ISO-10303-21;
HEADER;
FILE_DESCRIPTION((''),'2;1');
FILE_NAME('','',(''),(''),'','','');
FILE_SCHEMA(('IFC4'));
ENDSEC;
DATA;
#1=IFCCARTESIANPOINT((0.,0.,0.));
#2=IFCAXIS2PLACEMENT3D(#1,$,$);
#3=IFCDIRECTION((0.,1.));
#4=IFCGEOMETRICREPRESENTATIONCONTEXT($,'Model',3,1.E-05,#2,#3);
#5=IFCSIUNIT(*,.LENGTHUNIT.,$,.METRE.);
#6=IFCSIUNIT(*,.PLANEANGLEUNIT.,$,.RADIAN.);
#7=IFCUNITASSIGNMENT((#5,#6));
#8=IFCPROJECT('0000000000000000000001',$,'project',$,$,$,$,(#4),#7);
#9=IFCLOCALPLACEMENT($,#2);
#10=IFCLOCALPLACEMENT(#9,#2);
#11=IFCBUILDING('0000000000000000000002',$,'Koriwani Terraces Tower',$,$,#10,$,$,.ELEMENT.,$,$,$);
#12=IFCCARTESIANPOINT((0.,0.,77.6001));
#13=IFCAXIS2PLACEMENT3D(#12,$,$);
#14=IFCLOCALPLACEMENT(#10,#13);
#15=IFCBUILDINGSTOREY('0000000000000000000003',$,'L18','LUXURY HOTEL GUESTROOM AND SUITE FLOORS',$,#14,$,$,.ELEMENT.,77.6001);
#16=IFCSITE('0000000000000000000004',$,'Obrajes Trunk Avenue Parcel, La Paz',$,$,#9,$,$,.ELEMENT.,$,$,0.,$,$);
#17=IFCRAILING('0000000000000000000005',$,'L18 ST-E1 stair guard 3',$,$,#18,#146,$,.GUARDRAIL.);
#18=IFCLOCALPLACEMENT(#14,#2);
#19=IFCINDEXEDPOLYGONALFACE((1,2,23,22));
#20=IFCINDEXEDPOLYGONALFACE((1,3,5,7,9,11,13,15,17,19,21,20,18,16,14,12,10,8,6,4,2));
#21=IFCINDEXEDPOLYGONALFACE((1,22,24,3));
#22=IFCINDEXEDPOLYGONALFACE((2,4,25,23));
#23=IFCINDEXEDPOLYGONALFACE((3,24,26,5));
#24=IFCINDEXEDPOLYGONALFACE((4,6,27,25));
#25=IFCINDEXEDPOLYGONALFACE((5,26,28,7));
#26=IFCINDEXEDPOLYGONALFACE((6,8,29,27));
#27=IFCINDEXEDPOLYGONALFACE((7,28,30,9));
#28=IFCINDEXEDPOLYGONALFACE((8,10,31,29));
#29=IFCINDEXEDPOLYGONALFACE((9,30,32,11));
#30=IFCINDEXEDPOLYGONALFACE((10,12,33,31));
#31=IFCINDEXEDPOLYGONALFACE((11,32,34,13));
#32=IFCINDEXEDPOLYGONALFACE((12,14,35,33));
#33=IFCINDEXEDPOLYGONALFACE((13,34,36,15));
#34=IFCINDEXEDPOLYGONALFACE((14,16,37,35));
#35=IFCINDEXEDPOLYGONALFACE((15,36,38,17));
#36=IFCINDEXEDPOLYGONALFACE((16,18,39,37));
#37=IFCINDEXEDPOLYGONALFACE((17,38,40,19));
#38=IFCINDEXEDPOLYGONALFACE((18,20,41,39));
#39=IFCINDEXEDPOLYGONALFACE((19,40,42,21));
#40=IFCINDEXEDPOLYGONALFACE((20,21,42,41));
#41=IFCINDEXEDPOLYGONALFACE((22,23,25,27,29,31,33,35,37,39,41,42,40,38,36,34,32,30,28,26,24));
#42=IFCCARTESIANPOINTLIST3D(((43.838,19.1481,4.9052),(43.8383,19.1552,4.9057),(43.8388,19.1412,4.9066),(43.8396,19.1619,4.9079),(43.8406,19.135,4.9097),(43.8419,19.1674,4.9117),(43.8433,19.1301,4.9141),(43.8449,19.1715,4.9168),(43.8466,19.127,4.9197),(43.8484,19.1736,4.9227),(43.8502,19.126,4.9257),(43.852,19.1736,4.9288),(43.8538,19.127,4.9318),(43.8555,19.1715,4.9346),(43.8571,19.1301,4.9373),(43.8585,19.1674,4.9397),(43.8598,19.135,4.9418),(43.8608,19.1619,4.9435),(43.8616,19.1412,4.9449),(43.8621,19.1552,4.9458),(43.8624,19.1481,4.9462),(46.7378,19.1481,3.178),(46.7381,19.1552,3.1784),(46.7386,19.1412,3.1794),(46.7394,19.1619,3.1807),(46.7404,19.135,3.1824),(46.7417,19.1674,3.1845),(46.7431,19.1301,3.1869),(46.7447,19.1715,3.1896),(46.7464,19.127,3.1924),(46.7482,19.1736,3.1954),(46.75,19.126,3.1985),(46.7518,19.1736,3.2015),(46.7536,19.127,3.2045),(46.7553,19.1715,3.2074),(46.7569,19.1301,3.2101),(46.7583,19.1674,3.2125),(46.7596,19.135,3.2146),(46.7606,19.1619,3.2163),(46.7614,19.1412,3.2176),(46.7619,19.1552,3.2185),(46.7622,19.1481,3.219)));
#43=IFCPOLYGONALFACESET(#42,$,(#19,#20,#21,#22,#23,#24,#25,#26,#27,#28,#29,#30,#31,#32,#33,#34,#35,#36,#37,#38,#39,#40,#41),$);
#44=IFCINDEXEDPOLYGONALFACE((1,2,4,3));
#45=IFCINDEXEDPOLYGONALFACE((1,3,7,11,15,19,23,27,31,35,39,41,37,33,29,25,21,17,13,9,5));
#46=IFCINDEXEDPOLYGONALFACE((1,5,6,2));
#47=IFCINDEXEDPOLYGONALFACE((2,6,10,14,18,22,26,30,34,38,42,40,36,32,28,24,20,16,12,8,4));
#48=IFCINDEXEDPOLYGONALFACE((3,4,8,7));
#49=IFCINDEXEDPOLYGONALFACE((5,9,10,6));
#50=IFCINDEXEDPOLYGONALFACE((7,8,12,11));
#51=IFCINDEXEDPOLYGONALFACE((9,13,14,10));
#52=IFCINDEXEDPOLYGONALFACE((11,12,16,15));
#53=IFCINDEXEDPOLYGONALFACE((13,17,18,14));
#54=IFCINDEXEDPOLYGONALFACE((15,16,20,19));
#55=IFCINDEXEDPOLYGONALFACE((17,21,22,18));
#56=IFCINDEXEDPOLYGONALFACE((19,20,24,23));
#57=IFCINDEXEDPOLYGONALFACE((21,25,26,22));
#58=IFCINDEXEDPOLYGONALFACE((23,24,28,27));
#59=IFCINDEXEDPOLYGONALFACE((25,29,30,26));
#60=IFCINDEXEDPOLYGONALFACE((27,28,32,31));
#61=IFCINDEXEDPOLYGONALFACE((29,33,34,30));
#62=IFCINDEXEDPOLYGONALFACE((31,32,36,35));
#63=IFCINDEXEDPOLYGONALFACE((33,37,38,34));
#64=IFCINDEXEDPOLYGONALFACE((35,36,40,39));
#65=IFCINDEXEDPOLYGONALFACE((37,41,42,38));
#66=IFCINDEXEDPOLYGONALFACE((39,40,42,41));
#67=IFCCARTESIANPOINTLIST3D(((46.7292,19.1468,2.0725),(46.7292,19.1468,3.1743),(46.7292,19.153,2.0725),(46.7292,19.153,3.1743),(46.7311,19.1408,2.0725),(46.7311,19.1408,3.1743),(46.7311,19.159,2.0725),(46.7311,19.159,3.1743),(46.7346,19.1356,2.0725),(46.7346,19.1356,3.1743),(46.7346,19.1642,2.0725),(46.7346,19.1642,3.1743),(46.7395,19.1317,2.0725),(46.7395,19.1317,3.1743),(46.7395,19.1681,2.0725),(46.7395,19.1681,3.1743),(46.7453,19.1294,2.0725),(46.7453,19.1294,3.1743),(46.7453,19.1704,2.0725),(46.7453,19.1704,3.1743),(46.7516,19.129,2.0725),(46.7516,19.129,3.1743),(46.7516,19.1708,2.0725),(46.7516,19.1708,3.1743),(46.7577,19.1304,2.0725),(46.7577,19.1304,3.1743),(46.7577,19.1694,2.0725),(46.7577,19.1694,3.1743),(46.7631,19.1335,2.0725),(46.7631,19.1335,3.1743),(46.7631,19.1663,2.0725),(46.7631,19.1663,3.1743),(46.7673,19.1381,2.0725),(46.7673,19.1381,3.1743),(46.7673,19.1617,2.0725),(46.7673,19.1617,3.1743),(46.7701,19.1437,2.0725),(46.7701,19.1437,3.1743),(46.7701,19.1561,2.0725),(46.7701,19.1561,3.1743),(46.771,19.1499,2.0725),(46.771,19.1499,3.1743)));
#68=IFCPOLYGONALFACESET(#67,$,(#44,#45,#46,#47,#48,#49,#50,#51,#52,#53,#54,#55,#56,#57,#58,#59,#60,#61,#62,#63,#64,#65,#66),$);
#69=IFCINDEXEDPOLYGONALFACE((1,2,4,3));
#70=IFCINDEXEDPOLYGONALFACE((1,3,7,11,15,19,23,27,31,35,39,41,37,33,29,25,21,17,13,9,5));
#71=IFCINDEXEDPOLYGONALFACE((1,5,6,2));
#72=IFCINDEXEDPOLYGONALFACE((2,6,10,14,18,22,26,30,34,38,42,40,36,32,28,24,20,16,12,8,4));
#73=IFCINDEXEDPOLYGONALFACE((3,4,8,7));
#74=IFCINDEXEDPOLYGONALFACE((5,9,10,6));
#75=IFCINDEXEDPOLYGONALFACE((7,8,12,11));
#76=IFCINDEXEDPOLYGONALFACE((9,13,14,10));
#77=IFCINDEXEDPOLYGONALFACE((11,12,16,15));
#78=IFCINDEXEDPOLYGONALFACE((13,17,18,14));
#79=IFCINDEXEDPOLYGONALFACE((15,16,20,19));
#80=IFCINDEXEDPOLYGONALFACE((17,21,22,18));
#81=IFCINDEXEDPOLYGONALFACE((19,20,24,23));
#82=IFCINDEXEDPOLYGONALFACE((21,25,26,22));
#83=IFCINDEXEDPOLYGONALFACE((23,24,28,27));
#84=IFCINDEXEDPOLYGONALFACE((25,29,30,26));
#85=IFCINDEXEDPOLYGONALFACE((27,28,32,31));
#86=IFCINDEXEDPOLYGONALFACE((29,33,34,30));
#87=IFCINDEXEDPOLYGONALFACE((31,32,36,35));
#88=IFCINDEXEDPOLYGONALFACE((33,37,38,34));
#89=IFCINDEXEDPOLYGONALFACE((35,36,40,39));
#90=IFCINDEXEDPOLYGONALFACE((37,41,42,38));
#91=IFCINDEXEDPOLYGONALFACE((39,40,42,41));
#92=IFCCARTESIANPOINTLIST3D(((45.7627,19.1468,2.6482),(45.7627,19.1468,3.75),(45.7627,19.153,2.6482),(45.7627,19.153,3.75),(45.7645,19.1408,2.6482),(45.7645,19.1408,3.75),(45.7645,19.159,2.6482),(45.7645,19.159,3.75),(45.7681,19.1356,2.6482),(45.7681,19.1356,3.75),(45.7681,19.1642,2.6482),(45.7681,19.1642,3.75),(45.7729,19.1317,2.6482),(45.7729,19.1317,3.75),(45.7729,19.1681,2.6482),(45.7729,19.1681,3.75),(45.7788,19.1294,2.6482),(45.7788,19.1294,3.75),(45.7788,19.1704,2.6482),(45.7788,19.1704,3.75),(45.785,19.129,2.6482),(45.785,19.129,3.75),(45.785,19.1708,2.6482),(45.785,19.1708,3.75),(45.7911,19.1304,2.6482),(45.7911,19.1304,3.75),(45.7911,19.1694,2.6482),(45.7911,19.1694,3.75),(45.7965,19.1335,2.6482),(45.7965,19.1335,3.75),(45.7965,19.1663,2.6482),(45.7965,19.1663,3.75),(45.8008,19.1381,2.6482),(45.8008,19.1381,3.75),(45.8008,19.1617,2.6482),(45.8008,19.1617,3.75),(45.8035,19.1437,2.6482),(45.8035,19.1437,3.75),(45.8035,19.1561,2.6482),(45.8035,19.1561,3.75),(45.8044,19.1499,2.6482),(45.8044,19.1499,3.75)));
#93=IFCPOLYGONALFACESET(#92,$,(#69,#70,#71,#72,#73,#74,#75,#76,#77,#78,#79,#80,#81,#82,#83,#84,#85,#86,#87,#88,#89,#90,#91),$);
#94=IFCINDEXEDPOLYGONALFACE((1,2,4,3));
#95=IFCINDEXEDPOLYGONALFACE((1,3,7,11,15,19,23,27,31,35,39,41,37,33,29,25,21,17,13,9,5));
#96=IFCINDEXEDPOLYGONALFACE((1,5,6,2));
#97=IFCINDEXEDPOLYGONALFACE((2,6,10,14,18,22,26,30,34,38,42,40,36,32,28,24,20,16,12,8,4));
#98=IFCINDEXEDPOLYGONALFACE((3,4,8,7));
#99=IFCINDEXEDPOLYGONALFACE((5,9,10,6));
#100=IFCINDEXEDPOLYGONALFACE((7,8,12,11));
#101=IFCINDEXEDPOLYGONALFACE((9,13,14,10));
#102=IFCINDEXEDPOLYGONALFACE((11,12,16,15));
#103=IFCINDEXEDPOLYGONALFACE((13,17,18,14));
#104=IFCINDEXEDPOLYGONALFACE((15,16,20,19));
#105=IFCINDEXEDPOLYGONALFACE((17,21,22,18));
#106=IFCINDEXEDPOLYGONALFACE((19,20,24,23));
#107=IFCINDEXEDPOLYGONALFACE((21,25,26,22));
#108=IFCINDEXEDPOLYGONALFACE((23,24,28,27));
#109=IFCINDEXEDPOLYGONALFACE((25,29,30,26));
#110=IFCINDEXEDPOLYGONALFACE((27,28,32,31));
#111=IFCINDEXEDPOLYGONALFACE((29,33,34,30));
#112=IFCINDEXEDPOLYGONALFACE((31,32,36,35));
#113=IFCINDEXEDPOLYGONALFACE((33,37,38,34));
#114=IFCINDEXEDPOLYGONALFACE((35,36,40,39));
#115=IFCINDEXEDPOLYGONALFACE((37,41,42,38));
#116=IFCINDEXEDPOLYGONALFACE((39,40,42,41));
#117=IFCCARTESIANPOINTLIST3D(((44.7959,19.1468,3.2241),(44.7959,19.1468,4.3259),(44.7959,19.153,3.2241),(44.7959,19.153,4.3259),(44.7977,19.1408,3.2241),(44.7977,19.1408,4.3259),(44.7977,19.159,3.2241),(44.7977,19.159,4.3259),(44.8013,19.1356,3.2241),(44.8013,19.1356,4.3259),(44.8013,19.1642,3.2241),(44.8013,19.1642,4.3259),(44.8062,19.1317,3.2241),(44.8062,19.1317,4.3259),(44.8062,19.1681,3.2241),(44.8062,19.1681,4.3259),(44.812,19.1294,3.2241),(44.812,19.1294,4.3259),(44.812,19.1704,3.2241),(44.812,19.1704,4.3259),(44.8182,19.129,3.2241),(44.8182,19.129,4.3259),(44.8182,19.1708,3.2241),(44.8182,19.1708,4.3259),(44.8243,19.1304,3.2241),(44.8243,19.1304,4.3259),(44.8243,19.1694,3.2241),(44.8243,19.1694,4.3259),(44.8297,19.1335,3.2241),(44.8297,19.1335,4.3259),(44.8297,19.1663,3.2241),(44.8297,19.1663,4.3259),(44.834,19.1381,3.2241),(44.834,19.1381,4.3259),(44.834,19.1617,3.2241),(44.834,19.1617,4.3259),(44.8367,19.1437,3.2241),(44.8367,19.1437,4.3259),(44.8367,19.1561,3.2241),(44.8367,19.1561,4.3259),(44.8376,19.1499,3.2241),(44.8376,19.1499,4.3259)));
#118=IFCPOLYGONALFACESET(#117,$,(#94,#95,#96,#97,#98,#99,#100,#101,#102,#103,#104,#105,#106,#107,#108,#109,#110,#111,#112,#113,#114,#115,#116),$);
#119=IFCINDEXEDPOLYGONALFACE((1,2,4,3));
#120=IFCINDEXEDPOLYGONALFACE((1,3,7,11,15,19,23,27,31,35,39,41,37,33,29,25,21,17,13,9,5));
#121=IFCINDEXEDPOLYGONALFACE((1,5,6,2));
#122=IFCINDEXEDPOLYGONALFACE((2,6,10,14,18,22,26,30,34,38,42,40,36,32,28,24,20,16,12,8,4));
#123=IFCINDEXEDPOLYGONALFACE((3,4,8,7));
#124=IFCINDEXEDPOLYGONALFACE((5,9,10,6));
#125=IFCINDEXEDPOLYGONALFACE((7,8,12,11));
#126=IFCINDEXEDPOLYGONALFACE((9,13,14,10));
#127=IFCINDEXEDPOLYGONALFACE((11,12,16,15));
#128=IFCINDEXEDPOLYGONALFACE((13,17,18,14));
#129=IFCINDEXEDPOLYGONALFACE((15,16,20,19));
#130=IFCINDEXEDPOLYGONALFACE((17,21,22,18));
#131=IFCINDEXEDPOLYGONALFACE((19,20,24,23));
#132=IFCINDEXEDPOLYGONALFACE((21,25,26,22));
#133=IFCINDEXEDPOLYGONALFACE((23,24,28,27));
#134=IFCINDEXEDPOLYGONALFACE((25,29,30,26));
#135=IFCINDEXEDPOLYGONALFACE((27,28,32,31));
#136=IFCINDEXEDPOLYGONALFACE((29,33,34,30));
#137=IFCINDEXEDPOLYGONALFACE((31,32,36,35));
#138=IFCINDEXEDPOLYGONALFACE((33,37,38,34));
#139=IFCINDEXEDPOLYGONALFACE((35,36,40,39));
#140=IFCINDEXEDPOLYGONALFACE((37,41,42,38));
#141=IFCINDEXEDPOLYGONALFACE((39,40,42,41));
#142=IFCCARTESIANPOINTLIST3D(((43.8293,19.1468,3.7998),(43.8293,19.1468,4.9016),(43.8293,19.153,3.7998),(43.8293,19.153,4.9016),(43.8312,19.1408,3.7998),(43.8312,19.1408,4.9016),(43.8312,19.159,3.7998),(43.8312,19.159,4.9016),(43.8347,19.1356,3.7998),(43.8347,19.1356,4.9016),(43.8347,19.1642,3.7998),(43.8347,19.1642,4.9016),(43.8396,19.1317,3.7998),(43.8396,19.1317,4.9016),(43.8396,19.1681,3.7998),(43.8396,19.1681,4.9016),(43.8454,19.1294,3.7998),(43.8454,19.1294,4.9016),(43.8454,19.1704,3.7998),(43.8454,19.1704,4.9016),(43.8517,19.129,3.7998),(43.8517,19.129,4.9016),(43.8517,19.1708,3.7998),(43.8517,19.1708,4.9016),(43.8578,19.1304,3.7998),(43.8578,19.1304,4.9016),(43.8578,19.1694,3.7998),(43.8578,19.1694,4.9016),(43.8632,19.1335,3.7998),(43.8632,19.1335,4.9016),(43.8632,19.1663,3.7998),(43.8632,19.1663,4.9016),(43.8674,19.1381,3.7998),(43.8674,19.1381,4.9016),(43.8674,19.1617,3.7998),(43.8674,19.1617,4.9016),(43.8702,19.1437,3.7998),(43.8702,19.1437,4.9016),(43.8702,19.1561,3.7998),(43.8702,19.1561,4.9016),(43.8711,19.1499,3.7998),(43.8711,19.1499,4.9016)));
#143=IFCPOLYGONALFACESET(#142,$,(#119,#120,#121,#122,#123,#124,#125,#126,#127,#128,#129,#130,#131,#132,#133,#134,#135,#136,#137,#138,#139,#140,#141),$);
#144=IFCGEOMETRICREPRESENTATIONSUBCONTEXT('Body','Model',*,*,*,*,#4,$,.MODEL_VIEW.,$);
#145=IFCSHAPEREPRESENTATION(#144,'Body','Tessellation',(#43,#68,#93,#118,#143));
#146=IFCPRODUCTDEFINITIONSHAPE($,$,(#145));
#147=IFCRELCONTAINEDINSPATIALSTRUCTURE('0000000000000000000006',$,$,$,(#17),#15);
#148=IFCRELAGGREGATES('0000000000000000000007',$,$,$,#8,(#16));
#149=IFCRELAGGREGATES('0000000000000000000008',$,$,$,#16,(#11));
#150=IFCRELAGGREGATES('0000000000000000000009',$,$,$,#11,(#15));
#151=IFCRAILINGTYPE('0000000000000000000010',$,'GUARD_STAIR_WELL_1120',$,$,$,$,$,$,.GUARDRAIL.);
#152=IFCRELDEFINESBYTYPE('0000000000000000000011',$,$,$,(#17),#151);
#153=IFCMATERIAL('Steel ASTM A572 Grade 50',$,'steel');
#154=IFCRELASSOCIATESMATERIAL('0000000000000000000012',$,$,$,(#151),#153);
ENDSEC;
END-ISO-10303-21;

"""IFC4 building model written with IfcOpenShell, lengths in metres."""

from ifc_helpers import new_model, si_unit, direction, frame, origin, origin_2d, place, context, subcontext, project, spatial, circle, extrude, material, type_object, element, save


model = new_model("IFC4")

# Units and contexts
model_context = context("Model", 3, precision=1e-05, world=origin(), true_north=direction((0.0, 1.0)))
body_context = subcontext(model_context, "Body", "Model", "MODEL_VIEW")
ifc_project = project(units=[si_unit("LENGTHUNIT", "METRE"), si_unit("PLANEANGLEUNIT", "RADIAN")], contexts=[model_context])

# Site, building, storey
site_placement = place(None, origin())
site = spatial("IfcSite", under=ifc_project, at=site_placement, Name="Obrajes Trunk Avenue Parcel, La Paz", CompositionType="ELEMENT", RefElevation=0.0)
building_placement = place(site_placement, origin())
building = spatial("IfcBuilding", under=site, at=building_placement, Name="Koriwani Terraces Tower", CompositionType="ELEMENT")
storey_placement = place(building_placement, frame((0.0, 0.0, 77.6001)))
storey = spatial("IfcBuildingStorey", under=building, at=storey_placement, Name="L18", Description="LUXURY HOTEL GUESTROOM AND SUITE FLOORS", CompositionType="ELEMENT", Elevation=77.6001)

# Shared definitions
ifc_material_1 = material(Name="Steel ASTM A572 Grade 50", Category="steel")

# Railing
railing_type_1 = type_object("IfcRailingType", Name="GUARD_STAIR_WELL_1120", PredefinedType="GUARDRAIL", material=ifc_material_1)
railing_1_placement = place(storey_placement, frame((46.75, 19.1499, 2.0725)))
element("IfcRailing", 1, at=railing_1_placement, inside=storey, type_object=railing_type_1, Name="L18 ST-E1 stair guard 3", PredefinedType="GUARDRAIL", context=body_context, shape_type="SweptSolid", body=[
    extrude(circle(Radius=0.0239, at=origin_2d()), frame((0.0, 0.0, 1.126), z_axis=(-0.859141, 0.0, 0.511738), x_axis=(0.0, -1.0, 0.0)), (0.0, 0.0, 1.0), 3.3752),
    extrude(circle(Radius=0.021, at=origin_2d()), origin(), (0.0, 0.0, 1.0), 1.1018),
    extrude(circle(Radius=0.021, at=origin_2d()), frame((-0.9666, 0.0, 0.5757)), (0.0, 0.0, 1.0), 1.1018),
    extrude(circle(Radius=0.021, at=origin_2d()), frame((-1.9333, 0.0, 1.1516)), (0.0, 0.0, 1.0), 1.1018),
    extrude(circle(Radius=0.021, at=origin_2d()), frame((-2.8999, 0.0, 1.7273)), (0.0, 0.0, 1.0), 1.1018),
])

save(model, "model.ifc")
